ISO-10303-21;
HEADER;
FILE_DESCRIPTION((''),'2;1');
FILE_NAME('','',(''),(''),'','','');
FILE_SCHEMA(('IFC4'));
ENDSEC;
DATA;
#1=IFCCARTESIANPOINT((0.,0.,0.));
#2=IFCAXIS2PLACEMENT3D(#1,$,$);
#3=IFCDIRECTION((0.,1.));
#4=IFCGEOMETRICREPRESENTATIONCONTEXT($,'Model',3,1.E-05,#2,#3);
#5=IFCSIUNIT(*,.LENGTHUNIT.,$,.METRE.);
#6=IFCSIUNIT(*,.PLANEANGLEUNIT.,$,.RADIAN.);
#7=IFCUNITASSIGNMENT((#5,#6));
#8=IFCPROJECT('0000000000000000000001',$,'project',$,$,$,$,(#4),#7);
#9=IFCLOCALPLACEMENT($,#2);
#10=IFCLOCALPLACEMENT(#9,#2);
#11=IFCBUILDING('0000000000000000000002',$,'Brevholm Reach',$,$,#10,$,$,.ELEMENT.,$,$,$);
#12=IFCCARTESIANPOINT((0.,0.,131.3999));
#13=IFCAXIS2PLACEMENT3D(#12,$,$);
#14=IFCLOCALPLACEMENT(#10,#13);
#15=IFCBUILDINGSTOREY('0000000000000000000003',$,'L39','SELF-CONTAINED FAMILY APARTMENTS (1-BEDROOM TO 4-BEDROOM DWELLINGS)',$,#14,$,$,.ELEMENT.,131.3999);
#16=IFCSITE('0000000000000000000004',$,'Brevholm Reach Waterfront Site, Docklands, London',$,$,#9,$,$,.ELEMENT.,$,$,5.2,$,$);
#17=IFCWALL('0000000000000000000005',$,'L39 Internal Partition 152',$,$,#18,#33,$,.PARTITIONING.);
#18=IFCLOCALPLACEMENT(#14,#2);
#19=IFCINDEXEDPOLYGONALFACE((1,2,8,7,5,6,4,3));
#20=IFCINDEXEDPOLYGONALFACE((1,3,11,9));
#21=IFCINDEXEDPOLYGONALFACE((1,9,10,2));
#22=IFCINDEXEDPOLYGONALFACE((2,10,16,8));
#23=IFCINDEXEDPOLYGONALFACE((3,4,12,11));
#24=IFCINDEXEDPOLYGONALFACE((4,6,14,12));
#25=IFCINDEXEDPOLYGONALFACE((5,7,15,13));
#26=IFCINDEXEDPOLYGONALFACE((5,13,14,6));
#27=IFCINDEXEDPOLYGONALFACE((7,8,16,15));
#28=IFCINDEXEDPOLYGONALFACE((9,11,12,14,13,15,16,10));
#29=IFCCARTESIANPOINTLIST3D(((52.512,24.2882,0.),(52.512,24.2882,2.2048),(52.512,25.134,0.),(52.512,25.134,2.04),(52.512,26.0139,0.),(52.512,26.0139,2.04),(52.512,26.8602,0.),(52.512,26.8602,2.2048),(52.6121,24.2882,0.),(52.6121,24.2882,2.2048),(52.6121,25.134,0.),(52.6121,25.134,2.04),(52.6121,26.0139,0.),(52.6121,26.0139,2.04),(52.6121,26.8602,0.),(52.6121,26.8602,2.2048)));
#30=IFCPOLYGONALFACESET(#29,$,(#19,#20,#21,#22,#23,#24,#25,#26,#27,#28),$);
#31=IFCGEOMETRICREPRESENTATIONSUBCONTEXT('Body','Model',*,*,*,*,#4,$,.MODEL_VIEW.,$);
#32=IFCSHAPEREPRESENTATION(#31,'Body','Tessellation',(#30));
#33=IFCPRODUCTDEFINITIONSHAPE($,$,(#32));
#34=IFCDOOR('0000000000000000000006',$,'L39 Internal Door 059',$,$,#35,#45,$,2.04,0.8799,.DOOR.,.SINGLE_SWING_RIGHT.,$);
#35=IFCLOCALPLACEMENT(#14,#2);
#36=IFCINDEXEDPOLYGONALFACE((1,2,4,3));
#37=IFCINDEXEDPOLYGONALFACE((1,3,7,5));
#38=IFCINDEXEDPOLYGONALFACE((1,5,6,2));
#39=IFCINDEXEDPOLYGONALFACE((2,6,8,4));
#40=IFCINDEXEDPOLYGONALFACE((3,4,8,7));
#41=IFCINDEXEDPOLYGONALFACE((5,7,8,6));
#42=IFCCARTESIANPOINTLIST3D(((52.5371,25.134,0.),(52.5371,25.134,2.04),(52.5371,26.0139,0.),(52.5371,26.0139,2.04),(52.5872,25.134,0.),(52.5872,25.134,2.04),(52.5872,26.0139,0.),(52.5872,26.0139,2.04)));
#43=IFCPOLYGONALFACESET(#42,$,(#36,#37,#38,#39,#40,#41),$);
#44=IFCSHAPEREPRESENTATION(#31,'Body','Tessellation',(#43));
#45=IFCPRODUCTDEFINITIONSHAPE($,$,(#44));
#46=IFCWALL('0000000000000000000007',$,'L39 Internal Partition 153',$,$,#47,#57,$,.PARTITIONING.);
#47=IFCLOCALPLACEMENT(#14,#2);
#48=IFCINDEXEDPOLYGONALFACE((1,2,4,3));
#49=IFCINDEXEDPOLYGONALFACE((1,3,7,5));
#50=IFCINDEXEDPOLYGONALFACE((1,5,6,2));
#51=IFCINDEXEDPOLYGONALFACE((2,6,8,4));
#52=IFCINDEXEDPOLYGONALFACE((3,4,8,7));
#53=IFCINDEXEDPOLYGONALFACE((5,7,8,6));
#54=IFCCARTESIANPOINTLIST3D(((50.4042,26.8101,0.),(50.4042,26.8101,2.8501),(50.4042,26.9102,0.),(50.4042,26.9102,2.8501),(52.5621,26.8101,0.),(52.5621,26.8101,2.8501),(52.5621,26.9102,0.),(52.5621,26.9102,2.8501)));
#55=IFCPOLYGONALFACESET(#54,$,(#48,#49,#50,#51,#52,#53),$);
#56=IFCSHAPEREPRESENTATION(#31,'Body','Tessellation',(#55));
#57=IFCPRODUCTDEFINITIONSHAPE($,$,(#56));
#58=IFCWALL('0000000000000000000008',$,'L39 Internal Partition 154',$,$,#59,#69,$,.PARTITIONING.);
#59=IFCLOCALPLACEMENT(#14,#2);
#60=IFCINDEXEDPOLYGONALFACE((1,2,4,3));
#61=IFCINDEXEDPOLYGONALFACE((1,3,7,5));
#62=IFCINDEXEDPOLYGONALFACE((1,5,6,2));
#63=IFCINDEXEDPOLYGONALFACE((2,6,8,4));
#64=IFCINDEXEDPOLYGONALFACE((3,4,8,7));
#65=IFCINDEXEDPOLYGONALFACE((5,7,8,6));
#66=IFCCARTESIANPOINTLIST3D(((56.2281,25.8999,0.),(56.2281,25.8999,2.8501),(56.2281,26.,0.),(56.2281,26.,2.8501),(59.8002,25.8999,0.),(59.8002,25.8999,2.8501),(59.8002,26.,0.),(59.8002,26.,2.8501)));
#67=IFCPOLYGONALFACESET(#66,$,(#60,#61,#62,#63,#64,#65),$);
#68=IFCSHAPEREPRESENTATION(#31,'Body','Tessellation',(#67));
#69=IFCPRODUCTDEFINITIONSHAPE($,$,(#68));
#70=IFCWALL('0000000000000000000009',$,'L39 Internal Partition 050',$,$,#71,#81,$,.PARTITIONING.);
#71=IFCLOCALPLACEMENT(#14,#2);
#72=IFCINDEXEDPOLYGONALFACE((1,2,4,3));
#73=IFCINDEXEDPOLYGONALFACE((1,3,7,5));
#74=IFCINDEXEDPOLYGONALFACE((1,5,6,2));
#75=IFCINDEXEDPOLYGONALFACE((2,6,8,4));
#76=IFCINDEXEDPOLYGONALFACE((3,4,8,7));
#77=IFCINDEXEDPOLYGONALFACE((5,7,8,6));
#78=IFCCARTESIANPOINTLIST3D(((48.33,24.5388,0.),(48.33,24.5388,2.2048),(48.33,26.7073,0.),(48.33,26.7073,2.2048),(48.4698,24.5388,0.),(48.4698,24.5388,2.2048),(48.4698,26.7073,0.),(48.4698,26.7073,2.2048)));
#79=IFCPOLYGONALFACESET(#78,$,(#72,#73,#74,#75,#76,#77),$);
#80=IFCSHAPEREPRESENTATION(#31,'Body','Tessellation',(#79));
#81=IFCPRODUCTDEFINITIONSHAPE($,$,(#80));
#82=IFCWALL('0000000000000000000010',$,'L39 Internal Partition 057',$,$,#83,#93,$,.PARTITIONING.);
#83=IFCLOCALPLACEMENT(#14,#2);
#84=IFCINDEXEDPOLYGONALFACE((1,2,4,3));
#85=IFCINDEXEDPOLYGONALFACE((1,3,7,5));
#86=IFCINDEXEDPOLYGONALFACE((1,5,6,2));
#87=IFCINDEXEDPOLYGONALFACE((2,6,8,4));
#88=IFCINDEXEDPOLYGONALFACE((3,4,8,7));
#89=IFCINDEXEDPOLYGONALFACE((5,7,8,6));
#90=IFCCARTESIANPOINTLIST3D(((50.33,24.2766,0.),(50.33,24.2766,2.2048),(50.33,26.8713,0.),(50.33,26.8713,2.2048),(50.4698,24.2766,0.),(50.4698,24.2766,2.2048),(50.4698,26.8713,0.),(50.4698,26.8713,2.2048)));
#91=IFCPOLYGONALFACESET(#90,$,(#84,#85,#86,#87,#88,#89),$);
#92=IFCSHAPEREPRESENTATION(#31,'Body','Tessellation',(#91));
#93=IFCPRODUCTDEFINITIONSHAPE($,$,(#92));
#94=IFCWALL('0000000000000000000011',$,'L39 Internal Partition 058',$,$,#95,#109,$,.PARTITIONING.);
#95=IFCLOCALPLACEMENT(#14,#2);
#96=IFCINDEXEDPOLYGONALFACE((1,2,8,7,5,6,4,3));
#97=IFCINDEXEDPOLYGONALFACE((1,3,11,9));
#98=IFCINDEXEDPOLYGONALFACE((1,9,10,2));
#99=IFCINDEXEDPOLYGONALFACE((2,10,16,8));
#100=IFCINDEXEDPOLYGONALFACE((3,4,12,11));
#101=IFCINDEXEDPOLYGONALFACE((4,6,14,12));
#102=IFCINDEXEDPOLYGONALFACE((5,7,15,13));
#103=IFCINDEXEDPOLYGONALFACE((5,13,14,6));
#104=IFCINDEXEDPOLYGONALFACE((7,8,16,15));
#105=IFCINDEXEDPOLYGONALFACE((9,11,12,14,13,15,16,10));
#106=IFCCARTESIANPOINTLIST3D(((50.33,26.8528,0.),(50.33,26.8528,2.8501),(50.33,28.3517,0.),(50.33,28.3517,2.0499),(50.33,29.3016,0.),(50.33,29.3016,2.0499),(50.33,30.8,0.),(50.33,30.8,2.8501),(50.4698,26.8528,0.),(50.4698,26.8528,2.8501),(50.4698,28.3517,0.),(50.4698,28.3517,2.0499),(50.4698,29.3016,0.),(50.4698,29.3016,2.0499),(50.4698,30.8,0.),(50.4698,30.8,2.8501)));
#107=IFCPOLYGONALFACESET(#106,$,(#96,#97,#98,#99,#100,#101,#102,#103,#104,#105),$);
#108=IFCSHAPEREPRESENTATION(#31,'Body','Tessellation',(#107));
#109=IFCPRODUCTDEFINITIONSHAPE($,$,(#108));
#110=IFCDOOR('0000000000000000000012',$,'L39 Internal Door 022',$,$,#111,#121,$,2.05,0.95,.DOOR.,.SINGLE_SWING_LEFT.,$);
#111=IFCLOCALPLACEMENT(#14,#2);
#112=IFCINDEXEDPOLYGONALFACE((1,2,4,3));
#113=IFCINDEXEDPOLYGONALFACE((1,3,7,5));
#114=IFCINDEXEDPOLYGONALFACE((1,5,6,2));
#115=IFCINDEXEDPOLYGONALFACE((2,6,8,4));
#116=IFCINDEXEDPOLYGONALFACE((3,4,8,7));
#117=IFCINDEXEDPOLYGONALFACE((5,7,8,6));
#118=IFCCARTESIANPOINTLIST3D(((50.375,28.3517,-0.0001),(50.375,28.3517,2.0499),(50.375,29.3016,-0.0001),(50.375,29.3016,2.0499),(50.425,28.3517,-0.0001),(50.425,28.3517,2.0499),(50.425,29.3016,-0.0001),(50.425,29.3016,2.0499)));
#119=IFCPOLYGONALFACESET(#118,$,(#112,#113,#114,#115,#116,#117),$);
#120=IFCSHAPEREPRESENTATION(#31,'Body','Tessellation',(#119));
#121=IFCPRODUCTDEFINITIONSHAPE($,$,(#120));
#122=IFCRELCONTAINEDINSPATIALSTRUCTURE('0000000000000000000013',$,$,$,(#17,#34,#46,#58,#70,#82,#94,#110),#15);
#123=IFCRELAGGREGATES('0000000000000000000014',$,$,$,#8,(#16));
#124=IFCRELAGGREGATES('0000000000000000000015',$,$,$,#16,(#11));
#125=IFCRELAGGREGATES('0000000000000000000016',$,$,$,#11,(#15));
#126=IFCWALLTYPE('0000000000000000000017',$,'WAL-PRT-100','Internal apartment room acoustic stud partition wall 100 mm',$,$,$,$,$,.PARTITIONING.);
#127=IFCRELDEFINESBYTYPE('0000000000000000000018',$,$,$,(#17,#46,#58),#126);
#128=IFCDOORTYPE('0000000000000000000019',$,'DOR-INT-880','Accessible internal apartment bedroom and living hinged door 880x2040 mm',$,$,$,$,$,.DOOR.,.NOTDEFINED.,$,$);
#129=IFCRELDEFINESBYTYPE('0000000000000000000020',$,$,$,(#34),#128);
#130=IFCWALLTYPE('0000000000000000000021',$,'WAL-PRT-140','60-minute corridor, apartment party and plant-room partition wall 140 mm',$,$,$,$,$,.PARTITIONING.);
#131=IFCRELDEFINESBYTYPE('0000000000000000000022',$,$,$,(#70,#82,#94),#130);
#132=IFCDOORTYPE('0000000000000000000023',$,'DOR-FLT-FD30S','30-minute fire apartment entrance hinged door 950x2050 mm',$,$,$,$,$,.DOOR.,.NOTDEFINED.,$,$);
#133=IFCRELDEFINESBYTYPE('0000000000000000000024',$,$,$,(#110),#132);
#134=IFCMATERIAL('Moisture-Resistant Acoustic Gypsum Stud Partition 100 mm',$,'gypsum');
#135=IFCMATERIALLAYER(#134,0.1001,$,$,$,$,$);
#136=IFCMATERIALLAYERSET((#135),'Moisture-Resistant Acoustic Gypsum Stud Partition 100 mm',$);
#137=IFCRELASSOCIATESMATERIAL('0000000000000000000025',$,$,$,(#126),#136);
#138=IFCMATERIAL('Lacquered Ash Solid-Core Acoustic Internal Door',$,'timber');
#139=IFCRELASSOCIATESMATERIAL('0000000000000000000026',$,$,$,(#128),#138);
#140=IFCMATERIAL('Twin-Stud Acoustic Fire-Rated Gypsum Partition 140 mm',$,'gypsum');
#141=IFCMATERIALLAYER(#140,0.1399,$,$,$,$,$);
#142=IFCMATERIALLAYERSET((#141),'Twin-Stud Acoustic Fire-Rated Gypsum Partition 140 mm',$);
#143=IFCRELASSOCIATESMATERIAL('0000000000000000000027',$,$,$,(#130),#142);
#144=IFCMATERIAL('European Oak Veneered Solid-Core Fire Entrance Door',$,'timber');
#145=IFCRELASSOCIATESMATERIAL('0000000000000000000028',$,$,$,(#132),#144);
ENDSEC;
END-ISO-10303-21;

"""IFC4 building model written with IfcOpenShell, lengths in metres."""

from ifc_helpers import new_model, si_unit, direction, frame, frame_2d, origin, place, context, subcontext, project, spatial, rectangle, extrude, material, layer, layer_set, type_object, element, fill, save


model = new_model("IFC4")

# Units and contexts
model_context = context("Model", 3, precision=1e-05, world=origin(), true_north=direction((0.0, 1.0)))
body_context = subcontext(model_context, "Body", "Model", "MODEL_VIEW")
ifc_project = project(units=[si_unit("LENGTHUNIT", "METRE"), si_unit("PLANEANGLEUNIT", "RADIAN")], contexts=[model_context])

# Site, building, storey
site_placement = place(None, origin())
site = spatial("IfcSite", under=ifc_project, at=site_placement, Name="Brevholm Reach Waterfront Site, Docklands, London", CompositionType="ELEMENT", RefElevation=5.2)
building_placement = place(site_placement, origin())
building = spatial("IfcBuilding", under=site, at=building_placement, Name="Brevholm Reach", CompositionType="ELEMENT")
storey_placement = place(building_placement, frame((0.0, 0.0, 131.3999)))
storey = spatial("IfcBuildingStorey", under=building, at=storey_placement, Name="L39", Description="SELF-CONTAINED FAMILY APARTMENTS (1-BEDROOM TO 4-BEDROOM DWELLINGS)", CompositionType="ELEMENT", Elevation=131.3999)

# Shared definitions
ifc_material_1 = material(Name="Moisture-Resistant Acoustic Gypsum Stud Partition 100 mm", Category="gypsum")
ifc_layer_1 = layer(ifc_material_1, 0.1001)
ifc_layer_set_1 = layer_set([ifc_layer_1], Name="Moisture-Resistant Acoustic Gypsum Stud Partition 100 mm")
wall_type_1 = type_object("IfcWallType", Name="WAL-PRT-100", Description="Internal apartment room acoustic stud partition wall 100 mm", PredefinedType="PARTITIONING", material=ifc_layer_set_1)

# Wall, opening, door
wall_1_placement = place(storey_placement, frame((52.562, 24.2881, 0.0), z_axis=(0.0, 0.0, 1.0), x_axis=(0.0, 1.0, 0.0)))
wall_1 = element("IfcWall", 1, at=wall_1_placement, inside=storey, type_object=wall_type_1, Name="L39 Internal Partition 152", PredefinedType="PARTITIONING", context=body_context, shape_type="SweptSolid", body=[
    extrude(rectangle(XDim=2.572, YDim=0.1001, at=frame_2d((1.2861, 0.0))), origin(), (0.0, 0.0, 1.0), 2.2048),
])
opening_1_placement = place(wall_1_placement, frame((0.8459, 0.0, 0.0)))
opening_1 = element("IfcOpeningElement", 2, at=opening_1_placement, cuts=wall_1, PredefinedType="OPENING", context=body_context, shape_type="SweptSolid", body=[
    extrude(rectangle(XDim=0.8799, YDim=2.04, at=frame_2d((0.4399, 1.02))), frame((0.0, 0.0601, 0.0), z_axis=(0.0, -1.0, 0.0), x_axis=(1.0, 0.0, 0.0)), (0.0, 0.0, 1.0), 0.1201),
])
ifc_material_2 = material(Name="Lacquered Ash Solid-Core Acoustic Internal Door", Category="timber")
door_type_1 = type_object("IfcDoorType", Name="DOR-INT-880", Description="Accessible internal apartment bedroom and living hinged door 880x2040 mm", OperationType="NOTDEFINED", PredefinedType="DOOR", material=ifc_material_2)
door_1_placement = place(opening_1_placement, origin())
door_1 = element("IfcDoor", 3, at=door_1_placement, inside=storey, type_object=door_type_1, Name="L39 Internal Door 059", OperationType="SINGLE_SWING_RIGHT", OverallHeight=2.04, OverallWidth=0.8799, PredefinedType="DOOR", context=body_context, shape_type="SweptSolid", body=[
    extrude(rectangle(XDim=0.8799, YDim=2.04, at=frame_2d((0.4399, 1.02))), frame((0.0, 0.0249, 0.0), z_axis=(0.0, -1.0, 0.0), x_axis=(1.0, 0.0, 0.0)), (0.0, 0.0, 1.0), 0.05),
])
fill(opening_1, door_1)

# Walls
wall_2_placement = place(storey_placement, frame((50.4041, 26.8601, 0.0), z_axis=(0.0, 0.0, 1.0), x_axis=(1.0, 0.0, 0.0)))
element("IfcWall", 4, at=wall_2_placement, inside=storey, type_object=wall_type_1, Name="L39 Internal Partition 153", PredefinedType="PARTITIONING", context=body_context, shape_type="SweptSolid", body=[
    extrude(rectangle(XDim=2.158, YDim=0.1001, at=frame_2d((1.0791, 0.0))), origin(), (0.0, 0.0, 1.0), 2.8501),
])
wall_3_placement = place(storey_placement, frame((56.228, 25.95, 0.0), z_axis=(0.0, 0.0, 1.0), x_axis=(1.0, 0.0, 0.0)))
element("IfcWall", 5, at=wall_3_placement, inside=storey, type_object=wall_type_1, Name="L39 Internal Partition 154", PredefinedType="PARTITIONING", context=body_context, shape_type="SweptSolid", body=[
    extrude(rectangle(XDim=3.572, YDim=0.1001, at=frame_2d((1.7861, 0.0))), origin(), (0.0, 0.0, 1.0), 2.8501),
])
ifc_material_3 = material(Name="Twin-Stud Acoustic Fire-Rated Gypsum Partition 140 mm", Category="gypsum")
ifc_layer_2 = layer(ifc_material_3, 0.1399)
ifc_layer_set_2 = layer_set([ifc_layer_2], Name="Twin-Stud Acoustic Fire-Rated Gypsum Partition 140 mm")
wall_type_2 = type_object("IfcWallType", Name="WAL-PRT-140", Description="60-minute corridor, apartment party and plant-room partition wall 140 mm", PredefinedType="PARTITIONING", material=ifc_layer_set_2)
wall_4_placement = place(storey_placement, frame((48.3999, 24.5388, 0.0), z_axis=(0.0, 0.0, 1.0), x_axis=(0.0, 1.0, 0.0)))
element("IfcWall", 6, at=wall_4_placement, inside=storey, type_object=wall_type_2, Name="L39 Internal Partition 050", PredefinedType="PARTITIONING", context=body_context, shape_type="SweptSolid", body=[
    extrude(rectangle(XDim=2.1685, YDim=0.1399, at=frame_2d((1.0842, 0.0))), origin(), (0.0, 0.0, 1.0), 2.2048),
])
wall_5_placement = place(storey_placement, frame((50.3999, 24.2766, 0.0), z_axis=(0.0, 0.0, 1.0), x_axis=(0.0, 1.0, 0.0)))
element("IfcWall", 7, at=wall_5_placement, inside=storey, type_object=wall_type_2, Name="L39 Internal Partition 057", PredefinedType="PARTITIONING", context=body_context, shape_type="SweptSolid", body=[
    extrude(rectangle(XDim=2.5947, YDim=0.1399, at=frame_2d((1.2974, 0.0))), origin(), (0.0, 0.0, 1.0), 2.2048),
])

# Wall, opening, door
wall_6_placement = place(storey_placement, frame((50.3999, 26.8528, 0.0), z_axis=(0.0, 0.0, 1.0), x_axis=(0.0, 1.0, 0.0)))
wall_6 = element("IfcWall", 8, at=wall_6_placement, inside=storey, type_object=wall_type_2, Name="L39 Internal Partition 058", PredefinedType="PARTITIONING", context=body_context, shape_type="SweptSolid", body=[
    extrude(rectangle(XDim=3.9473, YDim=0.1399, at=frame_2d((1.9736, 0.0))), origin(), (0.0, 0.0, 1.0), 2.8501),
])
opening_2_placement = place(wall_6_placement, frame((1.4988, 0.0, 0.0)))
opening_2 = element("IfcOpeningElement", 9, at=opening_2_placement, cuts=wall_6, PredefinedType="OPENING", context=body_context, shape_type="SweptSolid", body=[
    extrude(rectangle(XDim=0.95, YDim=2.05, at=frame_2d((0.4751, 1.0249))), frame((0.0, 0.0798, 0.0), z_axis=(0.0, -1.0, 0.0), x_axis=(1.0, 0.0, 0.0)), (0.0, 0.0, 1.0), 0.1599),
])
ifc_material_4 = material(Name="European Oak Veneered Solid-Core Fire Entrance Door", Category="timber")
door_type_2 = type_object("IfcDoorType", Name="DOR-FLT-FD30S", Description="30-minute fire apartment entrance hinged door 950x2050 mm", OperationType="NOTDEFINED", PredefinedType="DOOR", material=ifc_material_4)
door_2_placement = place(opening_2_placement, origin())
door_2 = element("IfcDoor", 10, at=door_2_placement, inside=storey, type_object=door_type_2, Name="L39 Internal Door 022", OperationType="SINGLE_SWING_LEFT", OverallHeight=2.05, OverallWidth=0.95, PredefinedType="DOOR", context=body_context, shape_type="SweptSolid", body=[
    extrude(rectangle(XDim=0.95, YDim=2.05, at=frame_2d((0.4751, 1.0249))), frame((0.0, 0.0249, 0.0), z_axis=(0.0, -1.0, 0.0), x_axis=(1.0, 0.0, 0.0)), (0.0, 0.0, 1.0), 0.05),
])
fill(opening_2, door_2)

save(model, "model.ifc")
